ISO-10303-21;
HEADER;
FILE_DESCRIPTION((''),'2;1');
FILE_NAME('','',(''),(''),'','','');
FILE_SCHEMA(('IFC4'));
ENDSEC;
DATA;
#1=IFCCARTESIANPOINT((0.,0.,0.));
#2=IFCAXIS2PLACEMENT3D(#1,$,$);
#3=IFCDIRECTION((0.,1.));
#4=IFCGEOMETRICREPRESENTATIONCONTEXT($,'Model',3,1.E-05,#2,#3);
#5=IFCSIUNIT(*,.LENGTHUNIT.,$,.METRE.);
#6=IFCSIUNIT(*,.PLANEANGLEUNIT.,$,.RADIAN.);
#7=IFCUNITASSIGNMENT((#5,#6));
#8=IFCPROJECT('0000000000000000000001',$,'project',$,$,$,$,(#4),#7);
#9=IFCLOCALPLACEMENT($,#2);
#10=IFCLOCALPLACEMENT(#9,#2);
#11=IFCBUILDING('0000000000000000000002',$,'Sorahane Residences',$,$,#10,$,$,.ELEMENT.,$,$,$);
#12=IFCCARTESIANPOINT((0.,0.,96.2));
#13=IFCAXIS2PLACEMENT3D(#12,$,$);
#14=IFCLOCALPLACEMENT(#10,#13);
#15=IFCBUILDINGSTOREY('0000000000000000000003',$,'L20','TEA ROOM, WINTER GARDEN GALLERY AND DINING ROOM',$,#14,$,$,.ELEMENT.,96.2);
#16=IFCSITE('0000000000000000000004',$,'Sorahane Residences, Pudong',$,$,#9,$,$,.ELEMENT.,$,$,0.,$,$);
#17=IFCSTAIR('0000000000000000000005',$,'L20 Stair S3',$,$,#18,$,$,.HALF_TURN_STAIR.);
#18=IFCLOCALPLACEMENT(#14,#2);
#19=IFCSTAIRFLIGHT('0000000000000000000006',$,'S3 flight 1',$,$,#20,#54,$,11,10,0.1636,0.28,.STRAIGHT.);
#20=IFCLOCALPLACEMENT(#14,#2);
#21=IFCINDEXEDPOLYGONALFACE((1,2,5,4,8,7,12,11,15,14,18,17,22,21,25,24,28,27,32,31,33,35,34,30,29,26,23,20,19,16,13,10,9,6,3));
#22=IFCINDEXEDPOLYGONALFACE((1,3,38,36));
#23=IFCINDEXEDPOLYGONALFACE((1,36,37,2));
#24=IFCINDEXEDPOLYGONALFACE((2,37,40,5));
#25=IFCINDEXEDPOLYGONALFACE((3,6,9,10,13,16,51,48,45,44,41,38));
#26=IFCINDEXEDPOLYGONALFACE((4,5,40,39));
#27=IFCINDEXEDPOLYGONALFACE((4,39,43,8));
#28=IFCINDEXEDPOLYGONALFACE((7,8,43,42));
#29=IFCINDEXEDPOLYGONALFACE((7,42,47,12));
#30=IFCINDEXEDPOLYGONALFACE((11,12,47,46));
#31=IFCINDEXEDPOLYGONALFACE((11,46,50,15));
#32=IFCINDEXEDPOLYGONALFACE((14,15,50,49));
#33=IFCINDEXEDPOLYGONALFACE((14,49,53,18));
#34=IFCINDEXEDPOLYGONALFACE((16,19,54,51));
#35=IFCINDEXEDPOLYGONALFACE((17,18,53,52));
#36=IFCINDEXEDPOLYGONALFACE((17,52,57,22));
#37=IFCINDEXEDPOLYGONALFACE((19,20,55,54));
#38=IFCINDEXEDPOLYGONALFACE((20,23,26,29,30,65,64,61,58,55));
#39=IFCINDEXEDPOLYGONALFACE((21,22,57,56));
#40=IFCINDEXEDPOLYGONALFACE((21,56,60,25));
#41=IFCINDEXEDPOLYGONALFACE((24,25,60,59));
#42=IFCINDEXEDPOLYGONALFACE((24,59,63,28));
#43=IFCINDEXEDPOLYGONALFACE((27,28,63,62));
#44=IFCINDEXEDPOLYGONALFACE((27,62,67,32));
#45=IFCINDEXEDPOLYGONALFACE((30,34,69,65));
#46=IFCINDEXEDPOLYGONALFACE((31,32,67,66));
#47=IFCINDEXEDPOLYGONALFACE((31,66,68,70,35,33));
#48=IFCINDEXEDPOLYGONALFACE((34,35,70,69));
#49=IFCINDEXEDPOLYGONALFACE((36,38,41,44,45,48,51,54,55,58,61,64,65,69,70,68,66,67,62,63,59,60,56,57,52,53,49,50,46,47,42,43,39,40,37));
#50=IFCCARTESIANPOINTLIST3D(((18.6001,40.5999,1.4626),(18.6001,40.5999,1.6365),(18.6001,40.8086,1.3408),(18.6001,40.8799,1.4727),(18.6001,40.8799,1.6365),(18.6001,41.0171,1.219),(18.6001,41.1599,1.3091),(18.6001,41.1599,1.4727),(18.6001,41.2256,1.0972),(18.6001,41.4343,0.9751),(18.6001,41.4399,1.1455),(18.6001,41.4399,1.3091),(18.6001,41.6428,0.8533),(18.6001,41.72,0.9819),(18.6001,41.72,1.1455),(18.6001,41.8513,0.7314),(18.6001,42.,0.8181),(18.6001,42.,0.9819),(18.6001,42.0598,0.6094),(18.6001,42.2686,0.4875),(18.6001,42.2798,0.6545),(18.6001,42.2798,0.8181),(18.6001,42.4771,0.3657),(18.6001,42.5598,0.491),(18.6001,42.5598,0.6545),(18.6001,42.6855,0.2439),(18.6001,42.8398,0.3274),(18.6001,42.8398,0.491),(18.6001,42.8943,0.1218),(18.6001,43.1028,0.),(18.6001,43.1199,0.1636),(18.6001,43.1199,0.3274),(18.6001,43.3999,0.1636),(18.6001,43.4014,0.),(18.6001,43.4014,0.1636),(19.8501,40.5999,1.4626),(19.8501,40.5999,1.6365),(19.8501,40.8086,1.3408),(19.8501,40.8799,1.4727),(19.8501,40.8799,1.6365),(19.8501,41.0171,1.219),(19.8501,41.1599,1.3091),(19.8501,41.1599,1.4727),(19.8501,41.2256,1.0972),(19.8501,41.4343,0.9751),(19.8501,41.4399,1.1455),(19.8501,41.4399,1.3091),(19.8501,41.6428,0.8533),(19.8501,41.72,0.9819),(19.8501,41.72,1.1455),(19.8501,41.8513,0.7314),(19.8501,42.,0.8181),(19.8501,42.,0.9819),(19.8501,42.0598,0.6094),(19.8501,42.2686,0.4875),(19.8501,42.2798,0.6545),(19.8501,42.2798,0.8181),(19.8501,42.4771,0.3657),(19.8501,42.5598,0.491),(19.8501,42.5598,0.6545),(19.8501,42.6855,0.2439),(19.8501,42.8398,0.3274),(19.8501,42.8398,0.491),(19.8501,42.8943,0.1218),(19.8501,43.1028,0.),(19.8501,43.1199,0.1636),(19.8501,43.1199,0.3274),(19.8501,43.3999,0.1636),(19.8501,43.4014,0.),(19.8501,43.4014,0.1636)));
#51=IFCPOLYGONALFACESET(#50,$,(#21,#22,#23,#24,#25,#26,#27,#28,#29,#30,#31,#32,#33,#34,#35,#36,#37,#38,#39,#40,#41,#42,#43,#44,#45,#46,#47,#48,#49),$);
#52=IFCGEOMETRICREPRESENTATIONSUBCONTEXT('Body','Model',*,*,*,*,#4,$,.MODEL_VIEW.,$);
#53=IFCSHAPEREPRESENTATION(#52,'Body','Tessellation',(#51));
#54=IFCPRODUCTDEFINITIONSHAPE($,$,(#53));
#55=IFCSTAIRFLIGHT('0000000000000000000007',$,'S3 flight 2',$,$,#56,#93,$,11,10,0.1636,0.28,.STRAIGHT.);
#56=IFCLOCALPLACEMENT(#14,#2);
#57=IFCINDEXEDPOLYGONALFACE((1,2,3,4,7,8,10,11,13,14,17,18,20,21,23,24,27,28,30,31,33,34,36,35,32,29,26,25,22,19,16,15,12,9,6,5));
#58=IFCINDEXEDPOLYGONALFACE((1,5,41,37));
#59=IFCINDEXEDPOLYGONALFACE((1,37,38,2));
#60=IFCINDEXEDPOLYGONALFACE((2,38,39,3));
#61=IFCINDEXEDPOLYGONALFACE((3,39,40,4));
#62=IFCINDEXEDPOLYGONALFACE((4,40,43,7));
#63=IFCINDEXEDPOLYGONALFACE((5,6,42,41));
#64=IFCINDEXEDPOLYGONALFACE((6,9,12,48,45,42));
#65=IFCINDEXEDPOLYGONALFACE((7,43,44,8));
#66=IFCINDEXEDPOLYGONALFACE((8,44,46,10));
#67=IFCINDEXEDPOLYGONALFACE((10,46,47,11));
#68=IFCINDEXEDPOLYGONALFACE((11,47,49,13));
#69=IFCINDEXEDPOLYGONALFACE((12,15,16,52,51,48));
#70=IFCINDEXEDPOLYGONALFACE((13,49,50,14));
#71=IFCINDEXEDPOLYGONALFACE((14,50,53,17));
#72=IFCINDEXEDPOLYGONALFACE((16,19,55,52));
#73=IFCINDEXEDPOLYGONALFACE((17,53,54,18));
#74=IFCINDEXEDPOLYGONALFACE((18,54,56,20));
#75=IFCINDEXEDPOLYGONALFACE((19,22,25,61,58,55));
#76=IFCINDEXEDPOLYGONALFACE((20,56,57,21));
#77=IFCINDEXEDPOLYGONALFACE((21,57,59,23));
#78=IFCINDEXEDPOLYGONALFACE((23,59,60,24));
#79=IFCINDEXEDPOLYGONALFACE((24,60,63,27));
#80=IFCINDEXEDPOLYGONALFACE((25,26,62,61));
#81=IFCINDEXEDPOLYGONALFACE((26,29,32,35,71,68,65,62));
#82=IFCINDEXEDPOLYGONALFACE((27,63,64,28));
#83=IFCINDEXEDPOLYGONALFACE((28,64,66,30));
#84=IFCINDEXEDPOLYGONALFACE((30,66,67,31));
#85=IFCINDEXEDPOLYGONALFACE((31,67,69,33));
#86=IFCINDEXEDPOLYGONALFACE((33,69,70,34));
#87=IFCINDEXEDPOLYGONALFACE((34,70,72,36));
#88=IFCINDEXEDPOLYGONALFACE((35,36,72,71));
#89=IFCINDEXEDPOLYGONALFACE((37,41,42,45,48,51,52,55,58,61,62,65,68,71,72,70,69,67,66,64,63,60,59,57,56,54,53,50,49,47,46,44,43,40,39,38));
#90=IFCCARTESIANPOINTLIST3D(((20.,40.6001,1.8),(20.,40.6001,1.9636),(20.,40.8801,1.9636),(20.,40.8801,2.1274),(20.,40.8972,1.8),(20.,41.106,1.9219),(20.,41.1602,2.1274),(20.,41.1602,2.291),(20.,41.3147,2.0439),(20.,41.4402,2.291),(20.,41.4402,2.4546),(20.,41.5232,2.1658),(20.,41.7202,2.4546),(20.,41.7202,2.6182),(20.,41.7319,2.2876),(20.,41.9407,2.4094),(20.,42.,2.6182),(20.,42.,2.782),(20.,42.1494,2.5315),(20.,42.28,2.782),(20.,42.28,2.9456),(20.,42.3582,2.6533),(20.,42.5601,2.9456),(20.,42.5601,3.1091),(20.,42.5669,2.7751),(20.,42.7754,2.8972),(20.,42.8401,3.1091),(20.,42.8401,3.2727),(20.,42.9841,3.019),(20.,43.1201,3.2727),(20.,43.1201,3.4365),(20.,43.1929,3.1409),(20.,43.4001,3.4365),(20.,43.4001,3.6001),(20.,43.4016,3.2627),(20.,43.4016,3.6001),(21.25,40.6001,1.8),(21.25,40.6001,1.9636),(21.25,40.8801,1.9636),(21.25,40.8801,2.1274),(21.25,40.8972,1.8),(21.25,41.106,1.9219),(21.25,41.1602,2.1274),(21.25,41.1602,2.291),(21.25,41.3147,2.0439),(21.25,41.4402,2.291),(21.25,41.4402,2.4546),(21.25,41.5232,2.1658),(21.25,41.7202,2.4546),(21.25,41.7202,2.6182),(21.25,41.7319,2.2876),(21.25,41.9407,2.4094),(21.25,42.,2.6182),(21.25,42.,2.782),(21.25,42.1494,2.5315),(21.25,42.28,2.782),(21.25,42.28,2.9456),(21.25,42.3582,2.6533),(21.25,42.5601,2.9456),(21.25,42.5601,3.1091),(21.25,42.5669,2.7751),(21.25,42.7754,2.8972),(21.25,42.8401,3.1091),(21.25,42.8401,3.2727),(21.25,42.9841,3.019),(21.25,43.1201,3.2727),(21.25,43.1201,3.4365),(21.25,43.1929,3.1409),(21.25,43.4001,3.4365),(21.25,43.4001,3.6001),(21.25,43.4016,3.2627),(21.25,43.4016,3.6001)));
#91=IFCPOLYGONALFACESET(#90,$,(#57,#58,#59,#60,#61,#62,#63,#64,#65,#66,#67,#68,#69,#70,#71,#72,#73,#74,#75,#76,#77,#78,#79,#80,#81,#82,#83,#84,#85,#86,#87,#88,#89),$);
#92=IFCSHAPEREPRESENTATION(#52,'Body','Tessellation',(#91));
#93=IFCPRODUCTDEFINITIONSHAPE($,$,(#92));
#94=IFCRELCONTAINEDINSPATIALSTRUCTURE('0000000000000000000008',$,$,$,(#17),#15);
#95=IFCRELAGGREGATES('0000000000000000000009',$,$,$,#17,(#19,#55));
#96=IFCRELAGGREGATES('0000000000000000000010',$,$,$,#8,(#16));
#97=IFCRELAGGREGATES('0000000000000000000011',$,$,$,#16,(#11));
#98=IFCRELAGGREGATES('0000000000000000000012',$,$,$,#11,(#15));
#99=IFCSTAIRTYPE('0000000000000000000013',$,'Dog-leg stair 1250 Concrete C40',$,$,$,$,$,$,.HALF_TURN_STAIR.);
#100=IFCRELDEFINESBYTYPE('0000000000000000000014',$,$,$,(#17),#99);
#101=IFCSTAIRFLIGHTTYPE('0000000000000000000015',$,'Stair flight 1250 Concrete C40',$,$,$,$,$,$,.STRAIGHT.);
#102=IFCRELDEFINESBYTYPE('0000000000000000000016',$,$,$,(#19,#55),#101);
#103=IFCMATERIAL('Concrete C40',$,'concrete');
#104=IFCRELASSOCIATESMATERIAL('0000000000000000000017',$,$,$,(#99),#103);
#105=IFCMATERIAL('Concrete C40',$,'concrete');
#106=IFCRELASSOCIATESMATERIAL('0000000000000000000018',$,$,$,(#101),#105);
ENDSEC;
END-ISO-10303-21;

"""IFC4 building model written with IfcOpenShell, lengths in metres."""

from ifc_helpers import new_model, si_unit, direction, frame, origin, place, context, subcontext, project, spatial, polyline, outline, extrude, material, type_object, element, aggregate, save


model = new_model("IFC4")

# Units and contexts
model_context = context("Model", 3, precision=1e-05, world=origin(), true_north=direction((0.0, 1.0)))
body_context = subcontext(model_context, "Body", "Model", "MODEL_VIEW")
ifc_project = project(units=[si_unit("LENGTHUNIT", "METRE"), si_unit("PLANEANGLEUNIT", "RADIAN")], contexts=[model_context])

# Site, building, storey
site_placement = place(None, origin())
site = spatial("IfcSite", under=ifc_project, at=site_placement, Name="Sorahane Residences, Pudong", CompositionType="ELEMENT", RefElevation=0.0)
building_placement = place(site_placement, origin())
building = spatial("IfcBuilding", under=site, at=building_placement, Name="Sorahane Residences", CompositionType="ELEMENT")
storey_placement = place(building_placement, frame((0.0, 0.0, 96.2)))
storey = spatial("IfcBuildingStorey", under=building, at=storey_placement, Name="L20", Description="TEA ROOM, WINTER GARDEN GALLERY AND DINING ROOM", CompositionType="ELEMENT", Elevation=96.2)

# Stair, stair flights
ifc_material_1 = material(Name="Concrete C40", Category="concrete")
stair_type = type_object("IfcStairType", Name="Dog-leg stair 1250 Concrete C40", PredefinedType="HALF_TURN_STAIR", material=ifc_material_1)
stair_placement = place(storey_placement, origin())
stair = element("IfcStair", 1, at=stair_placement, inside=storey, type_object=stair_type, Name="L20 Stair S3", PredefinedType="HALF_TURN_STAIR")
ifc_material_2 = material(Name="Concrete C40", Category="concrete")
stair_flight_type = type_object("IfcStairFlightType", Name="Stair flight 1250 Concrete C40", PredefinedType="STRAIGHT", material=ifc_material_2)
stair_flight_1_placement = place(storey_placement, frame((19.2251, 43.3999, 0.0), z_axis=(0.0, 0.0, 1.0), x_axis=(0.0, -1.0, 0.0)))
stair_flight_1 = element("IfcStairFlight", 2, at=stair_flight_1_placement, type_object=stair_flight_type, Name="S3 flight 1", NumberOfRisers=11, NumberOfTreads=10, PredefinedType="STRAIGHT", RiserHeight=0.1636, TreadLength=0.28, context=body_context, shape_type="SweptSolid", body=[
    extrude(outline(polyline([(-0.0015, 0.0), (-0.0015, 0.1636), (0.0, 0.1636), (0.28, 0.1636), (0.28, 0.3274), (0.5601, 0.3274), (0.5601, 0.491), (0.8401, 0.491), (0.8401, 0.6545), (1.1201, 0.6545), (1.1201, 0.8181), (1.3999, 0.8181), (1.3999, 0.9819), (1.6799, 0.9819), (1.6799, 1.1455), (1.96, 1.1455), (1.96, 1.3091), (2.24, 1.3091), (2.24, 1.4727), (2.52, 1.4727), (2.52, 1.6365), (2.8, 1.6365), (2.8, 1.8), (2.8, 1.4626), (2.5913, 1.3408), (2.3828, 1.219), (2.1743, 1.0972), (1.9656, 0.9751), (1.7571, 0.8533), (1.5486, 0.7314), (1.3401, 0.6094), (1.1313, 0.4875), (0.9229, 0.3657), (0.7144, 0.2439), (0.5056, 0.1218), (0.2971, 0.0), (-0.0015, 0.0)])), frame((0.0, 0.625, 0.0), z_axis=(0.0, -1.0, 0.0), x_axis=(1.0, 0.0, 0.0)), (0.0, 0.0, 1.0), 1.25),
])
stair_flight_2_placement = place(storey_placement, frame((20.625, 40.6001, 1.8), z_axis=(0.0, 0.0, 1.0), x_axis=(0.0, 1.0, 0.0)))
stair_flight_2 = element("IfcStairFlight", 3, at=stair_flight_2_placement, type_object=stair_flight_type, Name="S3 flight 2", NumberOfRisers=11, NumberOfTreads=10, PredefinedType="STRAIGHT", RiserHeight=0.1636, TreadLength=0.28, context=body_context, shape_type="SweptSolid", body=[
    extrude(outline(polyline([(0.0, 0.0), (0.0, 0.1636), (0.28, 0.1636), (0.28, 0.3274), (0.5601, 0.3274), (0.5601, 0.491), (0.8401, 0.491), (0.8401, 0.6545), (1.1201, 0.6545), (1.1201, 0.8181), (1.3999, 0.8181), (1.3999, 0.9819), (1.6799, 0.9819), (1.6799, 1.1455), (1.96, 1.1455), (1.96, 1.3091), (2.24, 1.3091), (2.24, 1.4727), (2.52, 1.4727), (2.52, 1.6365), (2.8, 1.6365), (2.8, 1.8), (2.8015, 1.8), (2.8015, 1.4626), (2.5928, 1.3408), (2.384, 1.219), (2.1753, 1.0972), (1.9668, 0.9751), (1.7581, 0.8533), (1.5493, 0.7314), (1.3406, 0.6094), (1.1318, 0.4875), (0.9231, 0.3657), (0.7146, 0.2439), (0.5059, 0.1218), (0.2971, 0.0), (0.0, 0.0)])), frame((0.0, 0.625, 0.0), z_axis=(0.0, -1.0, 0.0), x_axis=(1.0, 0.0, 0.0)), (0.0, 0.0, 1.0), 1.25),
])
aggregate(stair, [stair_flight_1, stair_flight_2])

save(model, "model.ifc")
